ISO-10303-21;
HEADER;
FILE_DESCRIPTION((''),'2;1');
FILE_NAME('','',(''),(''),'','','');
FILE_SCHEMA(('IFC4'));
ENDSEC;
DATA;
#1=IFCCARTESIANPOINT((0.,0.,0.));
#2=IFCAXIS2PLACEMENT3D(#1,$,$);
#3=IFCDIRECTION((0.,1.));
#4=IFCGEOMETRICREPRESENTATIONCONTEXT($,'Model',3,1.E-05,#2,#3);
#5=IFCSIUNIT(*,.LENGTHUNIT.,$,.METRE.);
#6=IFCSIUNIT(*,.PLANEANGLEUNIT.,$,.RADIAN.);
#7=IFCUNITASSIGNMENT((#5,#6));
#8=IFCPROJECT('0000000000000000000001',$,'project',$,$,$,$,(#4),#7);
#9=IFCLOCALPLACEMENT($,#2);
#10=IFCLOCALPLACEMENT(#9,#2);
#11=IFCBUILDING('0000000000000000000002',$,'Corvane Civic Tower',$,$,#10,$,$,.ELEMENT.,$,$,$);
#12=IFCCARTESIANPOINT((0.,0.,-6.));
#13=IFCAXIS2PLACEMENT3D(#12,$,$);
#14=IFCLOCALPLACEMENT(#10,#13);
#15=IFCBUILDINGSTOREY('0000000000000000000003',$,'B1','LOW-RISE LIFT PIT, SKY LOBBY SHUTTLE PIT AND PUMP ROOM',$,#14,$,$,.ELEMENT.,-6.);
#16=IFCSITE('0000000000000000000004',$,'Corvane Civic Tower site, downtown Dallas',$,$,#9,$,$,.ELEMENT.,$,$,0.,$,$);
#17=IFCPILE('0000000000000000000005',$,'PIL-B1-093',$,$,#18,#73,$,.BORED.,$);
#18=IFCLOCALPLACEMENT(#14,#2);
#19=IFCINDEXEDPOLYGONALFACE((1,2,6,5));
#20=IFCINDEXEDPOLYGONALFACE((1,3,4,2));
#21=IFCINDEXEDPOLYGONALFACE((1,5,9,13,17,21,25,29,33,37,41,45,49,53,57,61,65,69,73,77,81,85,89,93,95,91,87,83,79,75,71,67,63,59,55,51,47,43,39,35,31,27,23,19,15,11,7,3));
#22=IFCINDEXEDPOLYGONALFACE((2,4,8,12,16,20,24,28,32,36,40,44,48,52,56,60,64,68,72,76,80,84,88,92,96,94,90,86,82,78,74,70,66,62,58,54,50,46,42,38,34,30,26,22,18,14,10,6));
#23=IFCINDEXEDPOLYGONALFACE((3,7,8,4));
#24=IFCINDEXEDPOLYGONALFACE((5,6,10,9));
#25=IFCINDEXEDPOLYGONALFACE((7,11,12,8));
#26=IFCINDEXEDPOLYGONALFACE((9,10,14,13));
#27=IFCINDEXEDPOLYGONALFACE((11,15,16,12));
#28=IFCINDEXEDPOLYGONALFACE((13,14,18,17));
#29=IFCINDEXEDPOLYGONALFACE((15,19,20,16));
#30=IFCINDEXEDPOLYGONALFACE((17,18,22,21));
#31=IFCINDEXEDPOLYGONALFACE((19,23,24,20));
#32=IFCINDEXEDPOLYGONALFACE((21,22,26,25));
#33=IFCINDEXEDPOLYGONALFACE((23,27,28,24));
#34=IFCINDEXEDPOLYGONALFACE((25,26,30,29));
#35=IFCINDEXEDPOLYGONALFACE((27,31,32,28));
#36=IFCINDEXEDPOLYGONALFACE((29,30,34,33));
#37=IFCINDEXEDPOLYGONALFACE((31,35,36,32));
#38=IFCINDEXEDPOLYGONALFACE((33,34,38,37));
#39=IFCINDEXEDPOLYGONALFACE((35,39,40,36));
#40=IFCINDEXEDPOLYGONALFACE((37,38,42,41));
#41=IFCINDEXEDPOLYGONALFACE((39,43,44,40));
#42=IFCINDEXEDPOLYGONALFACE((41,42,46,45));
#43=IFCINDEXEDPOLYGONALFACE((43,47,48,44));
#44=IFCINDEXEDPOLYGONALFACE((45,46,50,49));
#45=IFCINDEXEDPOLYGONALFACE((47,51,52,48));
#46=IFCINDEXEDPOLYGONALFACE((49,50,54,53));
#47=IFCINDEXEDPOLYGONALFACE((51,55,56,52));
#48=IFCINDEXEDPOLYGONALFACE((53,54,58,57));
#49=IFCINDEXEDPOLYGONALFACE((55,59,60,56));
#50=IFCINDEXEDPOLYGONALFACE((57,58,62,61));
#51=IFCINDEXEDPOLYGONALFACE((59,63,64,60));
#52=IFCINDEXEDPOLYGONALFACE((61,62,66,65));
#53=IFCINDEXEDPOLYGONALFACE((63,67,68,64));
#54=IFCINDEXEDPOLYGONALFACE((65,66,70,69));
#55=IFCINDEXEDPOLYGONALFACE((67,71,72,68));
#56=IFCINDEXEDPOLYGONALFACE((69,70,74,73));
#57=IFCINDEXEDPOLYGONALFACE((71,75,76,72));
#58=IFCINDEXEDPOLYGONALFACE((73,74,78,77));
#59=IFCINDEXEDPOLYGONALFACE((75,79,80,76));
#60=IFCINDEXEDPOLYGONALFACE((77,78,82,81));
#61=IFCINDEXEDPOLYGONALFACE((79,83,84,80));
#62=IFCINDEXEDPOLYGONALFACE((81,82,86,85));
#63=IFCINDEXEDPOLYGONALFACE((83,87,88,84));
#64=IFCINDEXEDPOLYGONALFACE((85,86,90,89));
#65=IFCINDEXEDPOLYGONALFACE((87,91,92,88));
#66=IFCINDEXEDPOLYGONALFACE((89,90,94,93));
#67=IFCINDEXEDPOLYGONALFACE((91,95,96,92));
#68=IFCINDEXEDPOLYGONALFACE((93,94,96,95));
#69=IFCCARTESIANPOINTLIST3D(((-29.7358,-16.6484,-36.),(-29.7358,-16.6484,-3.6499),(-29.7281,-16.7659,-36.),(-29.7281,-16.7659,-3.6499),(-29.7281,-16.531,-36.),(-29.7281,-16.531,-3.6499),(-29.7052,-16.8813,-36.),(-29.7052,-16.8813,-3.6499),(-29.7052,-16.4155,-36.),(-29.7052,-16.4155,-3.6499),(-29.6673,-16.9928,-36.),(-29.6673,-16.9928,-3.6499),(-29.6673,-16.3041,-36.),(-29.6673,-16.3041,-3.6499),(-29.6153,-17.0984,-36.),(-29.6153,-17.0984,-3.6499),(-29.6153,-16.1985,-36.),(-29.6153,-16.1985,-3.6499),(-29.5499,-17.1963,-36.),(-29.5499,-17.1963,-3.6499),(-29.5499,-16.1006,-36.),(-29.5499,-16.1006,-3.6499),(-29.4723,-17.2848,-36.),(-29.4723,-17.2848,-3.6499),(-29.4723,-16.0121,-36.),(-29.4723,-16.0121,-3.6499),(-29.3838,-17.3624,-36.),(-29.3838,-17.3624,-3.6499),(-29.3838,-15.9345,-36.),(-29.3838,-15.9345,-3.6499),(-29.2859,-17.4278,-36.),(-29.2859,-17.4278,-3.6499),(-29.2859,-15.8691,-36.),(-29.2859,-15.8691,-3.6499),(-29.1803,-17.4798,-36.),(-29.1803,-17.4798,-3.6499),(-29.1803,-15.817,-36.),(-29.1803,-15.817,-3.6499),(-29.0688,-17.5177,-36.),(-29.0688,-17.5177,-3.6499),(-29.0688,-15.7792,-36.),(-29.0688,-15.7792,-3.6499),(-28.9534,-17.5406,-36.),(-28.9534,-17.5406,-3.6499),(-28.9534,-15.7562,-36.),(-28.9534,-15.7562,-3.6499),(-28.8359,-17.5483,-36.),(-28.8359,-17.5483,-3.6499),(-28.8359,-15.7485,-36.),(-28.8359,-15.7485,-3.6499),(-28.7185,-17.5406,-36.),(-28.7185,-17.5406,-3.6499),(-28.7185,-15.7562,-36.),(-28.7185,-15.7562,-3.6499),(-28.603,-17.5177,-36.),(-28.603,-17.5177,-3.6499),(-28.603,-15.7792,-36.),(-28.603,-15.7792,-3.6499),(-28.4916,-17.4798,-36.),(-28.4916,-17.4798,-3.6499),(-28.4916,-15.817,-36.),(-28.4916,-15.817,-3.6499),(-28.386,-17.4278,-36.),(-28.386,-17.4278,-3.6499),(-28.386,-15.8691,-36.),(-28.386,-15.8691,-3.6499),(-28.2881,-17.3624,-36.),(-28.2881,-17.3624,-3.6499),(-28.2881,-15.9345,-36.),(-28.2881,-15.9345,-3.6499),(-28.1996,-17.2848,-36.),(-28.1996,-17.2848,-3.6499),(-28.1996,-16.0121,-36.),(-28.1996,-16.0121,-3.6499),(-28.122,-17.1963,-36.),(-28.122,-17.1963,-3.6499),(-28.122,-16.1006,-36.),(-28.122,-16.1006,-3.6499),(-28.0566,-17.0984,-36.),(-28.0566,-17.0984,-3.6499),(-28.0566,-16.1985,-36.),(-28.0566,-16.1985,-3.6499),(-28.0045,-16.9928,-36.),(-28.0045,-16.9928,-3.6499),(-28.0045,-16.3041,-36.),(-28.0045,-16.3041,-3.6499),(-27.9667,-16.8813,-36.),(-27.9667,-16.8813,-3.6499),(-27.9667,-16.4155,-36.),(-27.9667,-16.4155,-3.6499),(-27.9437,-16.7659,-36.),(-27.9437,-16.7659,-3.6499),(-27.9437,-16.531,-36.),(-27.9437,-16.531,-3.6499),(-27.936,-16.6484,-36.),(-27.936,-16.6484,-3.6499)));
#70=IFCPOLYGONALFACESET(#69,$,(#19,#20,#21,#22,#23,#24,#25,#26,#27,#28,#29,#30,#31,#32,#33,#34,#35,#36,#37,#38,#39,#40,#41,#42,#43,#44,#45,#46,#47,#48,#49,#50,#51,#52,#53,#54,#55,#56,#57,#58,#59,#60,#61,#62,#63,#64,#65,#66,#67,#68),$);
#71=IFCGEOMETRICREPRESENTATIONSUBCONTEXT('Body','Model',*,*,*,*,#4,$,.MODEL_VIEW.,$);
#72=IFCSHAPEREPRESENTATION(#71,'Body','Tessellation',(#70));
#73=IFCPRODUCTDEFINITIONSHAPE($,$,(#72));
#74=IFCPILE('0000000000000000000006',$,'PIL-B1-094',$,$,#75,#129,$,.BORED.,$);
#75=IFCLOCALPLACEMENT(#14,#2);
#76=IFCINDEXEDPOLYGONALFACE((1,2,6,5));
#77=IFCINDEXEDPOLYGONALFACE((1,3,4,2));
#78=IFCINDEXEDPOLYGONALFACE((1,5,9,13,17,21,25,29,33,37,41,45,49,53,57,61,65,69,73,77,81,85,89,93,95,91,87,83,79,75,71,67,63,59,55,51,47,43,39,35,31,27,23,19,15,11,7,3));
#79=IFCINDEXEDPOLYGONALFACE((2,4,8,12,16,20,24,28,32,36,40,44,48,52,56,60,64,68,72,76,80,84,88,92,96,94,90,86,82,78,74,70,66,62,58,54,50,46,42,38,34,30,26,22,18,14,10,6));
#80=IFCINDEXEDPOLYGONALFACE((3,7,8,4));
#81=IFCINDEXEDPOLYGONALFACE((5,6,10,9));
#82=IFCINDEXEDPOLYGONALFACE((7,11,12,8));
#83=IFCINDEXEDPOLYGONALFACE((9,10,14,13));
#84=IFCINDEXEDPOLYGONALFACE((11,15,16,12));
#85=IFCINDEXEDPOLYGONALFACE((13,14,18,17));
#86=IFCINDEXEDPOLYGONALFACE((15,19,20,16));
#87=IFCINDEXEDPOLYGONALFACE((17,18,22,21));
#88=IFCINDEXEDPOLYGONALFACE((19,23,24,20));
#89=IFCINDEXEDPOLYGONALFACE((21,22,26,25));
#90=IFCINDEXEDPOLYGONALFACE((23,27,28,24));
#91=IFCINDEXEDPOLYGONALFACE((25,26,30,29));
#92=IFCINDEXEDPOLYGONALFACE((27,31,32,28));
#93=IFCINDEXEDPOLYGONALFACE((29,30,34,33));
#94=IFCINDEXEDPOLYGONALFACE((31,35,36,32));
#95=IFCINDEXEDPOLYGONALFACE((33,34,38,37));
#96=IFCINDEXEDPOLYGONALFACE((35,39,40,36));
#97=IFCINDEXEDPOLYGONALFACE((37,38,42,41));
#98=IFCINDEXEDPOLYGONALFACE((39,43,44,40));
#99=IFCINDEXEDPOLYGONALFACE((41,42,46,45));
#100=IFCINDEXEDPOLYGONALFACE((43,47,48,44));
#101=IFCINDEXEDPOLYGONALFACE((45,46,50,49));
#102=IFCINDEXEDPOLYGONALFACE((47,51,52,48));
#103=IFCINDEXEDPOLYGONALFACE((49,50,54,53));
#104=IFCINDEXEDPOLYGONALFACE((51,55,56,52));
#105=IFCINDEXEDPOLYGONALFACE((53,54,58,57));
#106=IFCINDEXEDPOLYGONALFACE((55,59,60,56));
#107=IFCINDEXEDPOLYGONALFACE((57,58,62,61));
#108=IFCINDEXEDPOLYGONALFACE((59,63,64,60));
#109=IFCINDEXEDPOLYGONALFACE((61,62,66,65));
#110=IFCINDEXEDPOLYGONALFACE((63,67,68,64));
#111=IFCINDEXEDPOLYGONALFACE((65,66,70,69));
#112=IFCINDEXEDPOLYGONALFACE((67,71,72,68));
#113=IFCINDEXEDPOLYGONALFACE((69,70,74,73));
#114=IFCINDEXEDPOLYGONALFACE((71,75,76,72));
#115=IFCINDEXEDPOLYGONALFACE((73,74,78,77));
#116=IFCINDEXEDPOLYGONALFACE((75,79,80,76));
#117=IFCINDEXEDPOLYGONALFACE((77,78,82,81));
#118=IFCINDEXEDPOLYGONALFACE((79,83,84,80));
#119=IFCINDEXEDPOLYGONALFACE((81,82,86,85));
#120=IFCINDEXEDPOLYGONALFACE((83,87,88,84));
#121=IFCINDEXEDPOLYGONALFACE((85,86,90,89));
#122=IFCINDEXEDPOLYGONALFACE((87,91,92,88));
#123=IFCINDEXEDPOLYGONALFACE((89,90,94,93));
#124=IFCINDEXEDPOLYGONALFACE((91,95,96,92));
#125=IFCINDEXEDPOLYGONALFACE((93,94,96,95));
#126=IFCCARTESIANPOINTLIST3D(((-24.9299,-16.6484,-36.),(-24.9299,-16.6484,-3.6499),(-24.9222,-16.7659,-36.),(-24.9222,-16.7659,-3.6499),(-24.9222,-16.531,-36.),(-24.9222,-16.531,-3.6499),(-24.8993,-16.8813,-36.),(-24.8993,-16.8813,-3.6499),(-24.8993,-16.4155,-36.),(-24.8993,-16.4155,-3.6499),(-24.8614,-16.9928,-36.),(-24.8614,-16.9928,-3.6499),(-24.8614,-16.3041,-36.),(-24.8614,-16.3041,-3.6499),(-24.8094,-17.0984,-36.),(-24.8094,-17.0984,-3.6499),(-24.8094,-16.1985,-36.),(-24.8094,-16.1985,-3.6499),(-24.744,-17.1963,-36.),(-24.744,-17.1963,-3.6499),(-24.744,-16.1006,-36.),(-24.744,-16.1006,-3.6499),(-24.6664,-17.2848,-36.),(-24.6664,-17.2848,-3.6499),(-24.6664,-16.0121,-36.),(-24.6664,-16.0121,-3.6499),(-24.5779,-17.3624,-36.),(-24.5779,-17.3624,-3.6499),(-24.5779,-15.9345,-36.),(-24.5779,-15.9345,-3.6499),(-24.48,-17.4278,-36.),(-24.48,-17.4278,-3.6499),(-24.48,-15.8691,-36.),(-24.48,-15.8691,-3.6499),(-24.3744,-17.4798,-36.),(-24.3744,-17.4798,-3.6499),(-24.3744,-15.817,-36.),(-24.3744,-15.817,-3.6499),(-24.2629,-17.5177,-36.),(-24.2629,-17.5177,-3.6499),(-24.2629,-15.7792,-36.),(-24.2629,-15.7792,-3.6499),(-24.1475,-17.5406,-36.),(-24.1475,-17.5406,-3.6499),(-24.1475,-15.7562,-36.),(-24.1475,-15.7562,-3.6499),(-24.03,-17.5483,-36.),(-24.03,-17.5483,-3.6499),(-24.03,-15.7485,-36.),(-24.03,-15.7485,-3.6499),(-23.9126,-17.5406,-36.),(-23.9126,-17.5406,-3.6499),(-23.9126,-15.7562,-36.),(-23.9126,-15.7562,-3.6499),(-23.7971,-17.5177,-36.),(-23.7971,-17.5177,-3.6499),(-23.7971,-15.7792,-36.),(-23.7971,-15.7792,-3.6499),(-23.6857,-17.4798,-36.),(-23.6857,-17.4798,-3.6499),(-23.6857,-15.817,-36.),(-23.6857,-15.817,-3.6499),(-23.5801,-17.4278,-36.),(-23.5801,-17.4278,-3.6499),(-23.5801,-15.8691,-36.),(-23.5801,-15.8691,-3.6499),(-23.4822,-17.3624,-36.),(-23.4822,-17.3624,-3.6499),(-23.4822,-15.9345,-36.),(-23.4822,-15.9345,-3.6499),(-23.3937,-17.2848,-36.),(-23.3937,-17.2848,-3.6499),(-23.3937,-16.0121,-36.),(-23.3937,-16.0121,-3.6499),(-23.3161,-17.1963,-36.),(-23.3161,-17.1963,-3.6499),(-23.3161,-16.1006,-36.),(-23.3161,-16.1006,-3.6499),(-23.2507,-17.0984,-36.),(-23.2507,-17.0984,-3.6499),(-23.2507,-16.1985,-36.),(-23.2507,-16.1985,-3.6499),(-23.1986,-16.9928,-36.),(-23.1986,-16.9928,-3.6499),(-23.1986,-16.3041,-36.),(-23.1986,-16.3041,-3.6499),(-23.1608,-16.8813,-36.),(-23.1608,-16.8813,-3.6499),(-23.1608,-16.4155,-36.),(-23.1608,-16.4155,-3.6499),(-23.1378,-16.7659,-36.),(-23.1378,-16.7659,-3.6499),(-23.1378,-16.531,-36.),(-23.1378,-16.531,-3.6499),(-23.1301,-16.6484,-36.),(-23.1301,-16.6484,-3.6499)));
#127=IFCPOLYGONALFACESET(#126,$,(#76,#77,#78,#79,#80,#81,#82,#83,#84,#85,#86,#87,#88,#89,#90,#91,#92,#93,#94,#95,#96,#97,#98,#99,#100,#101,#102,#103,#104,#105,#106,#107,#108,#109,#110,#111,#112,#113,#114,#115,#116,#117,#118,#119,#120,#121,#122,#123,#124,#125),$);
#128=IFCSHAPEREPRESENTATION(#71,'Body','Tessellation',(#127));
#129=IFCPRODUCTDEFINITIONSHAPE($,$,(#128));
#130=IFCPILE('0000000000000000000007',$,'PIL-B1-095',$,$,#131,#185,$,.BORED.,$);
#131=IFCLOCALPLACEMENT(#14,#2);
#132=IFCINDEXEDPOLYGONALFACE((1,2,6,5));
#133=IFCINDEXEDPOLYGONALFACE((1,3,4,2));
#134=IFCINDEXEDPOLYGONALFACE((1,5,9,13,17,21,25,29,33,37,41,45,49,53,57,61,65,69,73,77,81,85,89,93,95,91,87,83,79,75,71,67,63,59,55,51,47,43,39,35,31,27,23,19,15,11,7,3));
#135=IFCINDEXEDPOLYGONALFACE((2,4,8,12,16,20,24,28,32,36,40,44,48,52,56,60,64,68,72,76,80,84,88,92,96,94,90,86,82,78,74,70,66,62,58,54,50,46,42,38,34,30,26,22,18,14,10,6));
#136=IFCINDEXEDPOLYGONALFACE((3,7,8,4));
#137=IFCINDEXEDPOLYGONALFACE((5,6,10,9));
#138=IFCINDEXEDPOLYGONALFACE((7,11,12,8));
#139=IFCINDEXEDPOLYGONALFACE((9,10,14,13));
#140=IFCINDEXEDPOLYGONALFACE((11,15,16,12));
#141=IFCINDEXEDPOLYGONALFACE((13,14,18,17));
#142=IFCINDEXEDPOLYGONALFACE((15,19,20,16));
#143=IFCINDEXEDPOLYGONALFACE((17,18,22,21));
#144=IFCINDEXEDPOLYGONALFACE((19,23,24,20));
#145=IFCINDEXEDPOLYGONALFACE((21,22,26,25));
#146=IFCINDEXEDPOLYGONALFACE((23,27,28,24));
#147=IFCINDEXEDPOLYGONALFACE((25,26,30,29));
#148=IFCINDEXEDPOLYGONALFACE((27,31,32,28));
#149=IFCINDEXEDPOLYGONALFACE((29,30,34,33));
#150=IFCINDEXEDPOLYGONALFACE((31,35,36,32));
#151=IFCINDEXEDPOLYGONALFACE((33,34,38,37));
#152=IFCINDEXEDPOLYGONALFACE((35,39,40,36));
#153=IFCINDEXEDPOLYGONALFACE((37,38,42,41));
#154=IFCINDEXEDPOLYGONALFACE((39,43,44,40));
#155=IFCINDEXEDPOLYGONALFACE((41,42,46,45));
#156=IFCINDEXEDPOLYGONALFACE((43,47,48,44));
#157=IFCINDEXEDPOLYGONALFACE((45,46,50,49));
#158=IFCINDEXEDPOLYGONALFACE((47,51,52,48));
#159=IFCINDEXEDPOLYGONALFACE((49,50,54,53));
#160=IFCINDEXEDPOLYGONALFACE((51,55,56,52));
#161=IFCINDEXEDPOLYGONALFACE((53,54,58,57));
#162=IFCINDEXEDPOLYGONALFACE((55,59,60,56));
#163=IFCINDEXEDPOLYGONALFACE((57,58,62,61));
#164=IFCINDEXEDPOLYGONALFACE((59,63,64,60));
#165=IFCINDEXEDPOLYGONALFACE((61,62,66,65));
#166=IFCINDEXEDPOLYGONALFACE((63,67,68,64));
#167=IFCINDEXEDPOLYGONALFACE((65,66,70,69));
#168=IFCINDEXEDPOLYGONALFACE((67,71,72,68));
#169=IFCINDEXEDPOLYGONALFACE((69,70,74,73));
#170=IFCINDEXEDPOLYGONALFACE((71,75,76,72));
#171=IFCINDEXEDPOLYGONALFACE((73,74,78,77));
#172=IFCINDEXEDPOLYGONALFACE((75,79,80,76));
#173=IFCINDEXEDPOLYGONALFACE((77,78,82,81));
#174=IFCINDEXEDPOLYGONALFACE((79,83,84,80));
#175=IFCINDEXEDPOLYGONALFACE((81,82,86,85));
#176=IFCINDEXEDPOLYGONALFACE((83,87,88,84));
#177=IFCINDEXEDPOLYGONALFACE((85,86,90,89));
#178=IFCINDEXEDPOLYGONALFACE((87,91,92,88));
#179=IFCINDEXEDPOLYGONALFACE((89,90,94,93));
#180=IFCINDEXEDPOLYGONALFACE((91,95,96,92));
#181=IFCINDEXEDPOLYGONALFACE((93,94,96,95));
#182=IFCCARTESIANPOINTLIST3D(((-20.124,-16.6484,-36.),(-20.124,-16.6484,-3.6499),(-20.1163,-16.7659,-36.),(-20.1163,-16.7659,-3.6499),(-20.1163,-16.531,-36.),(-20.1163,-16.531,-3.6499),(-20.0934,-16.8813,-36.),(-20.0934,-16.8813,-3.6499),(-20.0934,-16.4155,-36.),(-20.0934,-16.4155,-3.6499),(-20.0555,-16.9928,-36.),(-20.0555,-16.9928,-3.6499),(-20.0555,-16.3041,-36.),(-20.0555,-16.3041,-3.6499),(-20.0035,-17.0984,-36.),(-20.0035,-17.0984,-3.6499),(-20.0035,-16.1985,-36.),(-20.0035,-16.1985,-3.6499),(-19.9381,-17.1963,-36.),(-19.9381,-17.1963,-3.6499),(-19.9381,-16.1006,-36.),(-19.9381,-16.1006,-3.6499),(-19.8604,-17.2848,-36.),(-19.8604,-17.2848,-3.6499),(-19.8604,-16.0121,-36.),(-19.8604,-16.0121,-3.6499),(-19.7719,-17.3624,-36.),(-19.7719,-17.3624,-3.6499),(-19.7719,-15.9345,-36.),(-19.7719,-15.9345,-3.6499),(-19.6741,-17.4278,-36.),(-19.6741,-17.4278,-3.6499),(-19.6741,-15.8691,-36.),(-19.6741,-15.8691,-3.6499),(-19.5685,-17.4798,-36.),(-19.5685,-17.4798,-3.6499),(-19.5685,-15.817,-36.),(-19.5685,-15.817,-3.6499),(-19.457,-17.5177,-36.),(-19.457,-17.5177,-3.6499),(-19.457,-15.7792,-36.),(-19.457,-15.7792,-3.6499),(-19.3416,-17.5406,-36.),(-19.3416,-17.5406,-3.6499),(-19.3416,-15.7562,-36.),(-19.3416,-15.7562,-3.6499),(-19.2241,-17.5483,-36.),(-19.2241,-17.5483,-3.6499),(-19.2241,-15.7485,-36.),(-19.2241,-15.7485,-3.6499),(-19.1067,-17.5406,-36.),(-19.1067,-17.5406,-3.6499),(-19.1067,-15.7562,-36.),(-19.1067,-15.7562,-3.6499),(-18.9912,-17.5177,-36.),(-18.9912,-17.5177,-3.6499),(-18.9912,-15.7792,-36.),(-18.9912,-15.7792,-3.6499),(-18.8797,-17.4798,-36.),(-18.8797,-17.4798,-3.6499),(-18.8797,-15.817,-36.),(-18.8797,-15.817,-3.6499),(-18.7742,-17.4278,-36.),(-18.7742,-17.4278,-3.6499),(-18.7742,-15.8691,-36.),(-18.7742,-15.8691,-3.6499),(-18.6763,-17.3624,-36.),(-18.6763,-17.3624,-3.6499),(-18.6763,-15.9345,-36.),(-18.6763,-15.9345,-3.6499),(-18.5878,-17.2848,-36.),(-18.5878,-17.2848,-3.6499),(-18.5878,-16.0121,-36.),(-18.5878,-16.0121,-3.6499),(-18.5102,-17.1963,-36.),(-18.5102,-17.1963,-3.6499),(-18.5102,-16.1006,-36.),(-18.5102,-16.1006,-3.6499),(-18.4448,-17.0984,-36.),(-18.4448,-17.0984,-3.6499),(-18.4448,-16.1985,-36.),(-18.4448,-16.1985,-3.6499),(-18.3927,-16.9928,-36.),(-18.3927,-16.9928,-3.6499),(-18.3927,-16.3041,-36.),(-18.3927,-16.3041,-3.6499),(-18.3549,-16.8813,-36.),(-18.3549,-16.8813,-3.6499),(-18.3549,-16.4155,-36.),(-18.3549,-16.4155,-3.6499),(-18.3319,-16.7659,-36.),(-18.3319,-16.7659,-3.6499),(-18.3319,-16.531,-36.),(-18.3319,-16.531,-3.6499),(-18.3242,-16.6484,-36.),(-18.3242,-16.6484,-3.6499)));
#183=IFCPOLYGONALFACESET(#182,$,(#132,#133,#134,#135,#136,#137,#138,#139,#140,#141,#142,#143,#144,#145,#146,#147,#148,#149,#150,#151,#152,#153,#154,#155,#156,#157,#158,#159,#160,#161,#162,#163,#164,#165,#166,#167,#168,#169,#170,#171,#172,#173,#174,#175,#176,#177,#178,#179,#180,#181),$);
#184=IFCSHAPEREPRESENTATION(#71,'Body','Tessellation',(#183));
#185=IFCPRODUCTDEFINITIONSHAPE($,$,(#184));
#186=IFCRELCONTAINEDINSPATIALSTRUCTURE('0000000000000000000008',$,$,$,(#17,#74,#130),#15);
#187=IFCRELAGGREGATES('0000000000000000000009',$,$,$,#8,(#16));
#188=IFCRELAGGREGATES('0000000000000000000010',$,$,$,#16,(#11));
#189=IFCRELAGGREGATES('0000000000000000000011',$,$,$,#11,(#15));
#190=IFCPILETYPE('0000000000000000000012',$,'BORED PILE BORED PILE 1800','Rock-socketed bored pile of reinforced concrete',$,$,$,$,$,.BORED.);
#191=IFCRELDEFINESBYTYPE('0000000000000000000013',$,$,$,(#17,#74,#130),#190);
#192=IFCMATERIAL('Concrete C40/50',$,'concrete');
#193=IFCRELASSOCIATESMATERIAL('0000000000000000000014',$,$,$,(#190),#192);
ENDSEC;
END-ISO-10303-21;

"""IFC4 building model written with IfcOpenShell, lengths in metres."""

from ifc_helpers import new_model, si_unit, direction, frame, origin, origin_2d, place, context, subcontext, project, spatial, circle, extrude, material, material_profile, profile_set, type_object, element, save


model = new_model("IFC4")

# Units and contexts
model_context = context("Model", 3, precision=1e-05, world=origin(), true_north=direction((0.0, 1.0)))
body_context = subcontext(model_context, "Body", "Model", "MODEL_VIEW")
ifc_project = project(units=[si_unit("LENGTHUNIT", "METRE"), si_unit("PLANEANGLEUNIT", "RADIAN")], contexts=[model_context])

# Site, building, storey
site_placement = place(None, origin())
site = spatial("IfcSite", under=ifc_project, at=site_placement, Name="Corvane Civic Tower site, downtown Dallas", CompositionType="ELEMENT", RefElevation=0.0)
building_placement = place(site_placement, origin())
building = spatial("IfcBuilding", under=site, at=building_placement, Name="Corvane Civic Tower", CompositionType="ELEMENT")
storey_placement = place(building_placement, frame((0.0, 0.0, -6.0)))
storey = spatial("IfcBuildingStorey", under=building, at=storey_placement, Name="B1", Description="LOW-RISE LIFT PIT, SKY LOBBY SHUTTLE PIT AND PUMP ROOM", CompositionType="ELEMENT", Elevation=-6.0)

# Piles
ifc_material_1 = material(Name="Concrete C40/50", Category="concrete")
ifc_material_profile_1 = material_profile(ifc_material_1, circle(Radius=0.8999, at=origin_2d()), Name="BORED PILE 1800")
ifc_profile_set_1 = profile_set([ifc_material_profile_1], Name="Concrete C40/50")
pile_type = type_object("IfcPileType", Name="BORED PILE BORED PILE 1800", Description="Rock-socketed bored pile of reinforced concrete", PredefinedType="BORED", material=ifc_profile_set_1)
for number, where, z_axis, x_axis, name in (
    (1, (-28.8359, -16.6484, -3.6499), (0.0, 0.0, -1.0), (1.0, 0.0, 0.0), "PIL-B1-093"),
    (2, (-24.03, -16.6484, -3.6499), (0.0, 0.0, -1.0), (1.0, 0.0, 0.0), "PIL-B1-094"),
    (3, (-19.2241, -16.6484, -3.6499), (0.0, 0.0, -1.0), (1.0, 0.0, 0.0), "PIL-B1-095"),
):
    element("IfcPile", number, at=place(storey_placement, frame(where, z_axis=z_axis, x_axis=x_axis)), inside=storey, type_object=pile_type, Name=name, PredefinedType="BORED", context=body_context, shape_type="SweptSolid", body=[
        extrude(circle(Radius=0.8999, at=origin_2d()), origin(), (0.0, 0.0, 1.0), 32.3501),
    ])

save(model, "model.ifc")
